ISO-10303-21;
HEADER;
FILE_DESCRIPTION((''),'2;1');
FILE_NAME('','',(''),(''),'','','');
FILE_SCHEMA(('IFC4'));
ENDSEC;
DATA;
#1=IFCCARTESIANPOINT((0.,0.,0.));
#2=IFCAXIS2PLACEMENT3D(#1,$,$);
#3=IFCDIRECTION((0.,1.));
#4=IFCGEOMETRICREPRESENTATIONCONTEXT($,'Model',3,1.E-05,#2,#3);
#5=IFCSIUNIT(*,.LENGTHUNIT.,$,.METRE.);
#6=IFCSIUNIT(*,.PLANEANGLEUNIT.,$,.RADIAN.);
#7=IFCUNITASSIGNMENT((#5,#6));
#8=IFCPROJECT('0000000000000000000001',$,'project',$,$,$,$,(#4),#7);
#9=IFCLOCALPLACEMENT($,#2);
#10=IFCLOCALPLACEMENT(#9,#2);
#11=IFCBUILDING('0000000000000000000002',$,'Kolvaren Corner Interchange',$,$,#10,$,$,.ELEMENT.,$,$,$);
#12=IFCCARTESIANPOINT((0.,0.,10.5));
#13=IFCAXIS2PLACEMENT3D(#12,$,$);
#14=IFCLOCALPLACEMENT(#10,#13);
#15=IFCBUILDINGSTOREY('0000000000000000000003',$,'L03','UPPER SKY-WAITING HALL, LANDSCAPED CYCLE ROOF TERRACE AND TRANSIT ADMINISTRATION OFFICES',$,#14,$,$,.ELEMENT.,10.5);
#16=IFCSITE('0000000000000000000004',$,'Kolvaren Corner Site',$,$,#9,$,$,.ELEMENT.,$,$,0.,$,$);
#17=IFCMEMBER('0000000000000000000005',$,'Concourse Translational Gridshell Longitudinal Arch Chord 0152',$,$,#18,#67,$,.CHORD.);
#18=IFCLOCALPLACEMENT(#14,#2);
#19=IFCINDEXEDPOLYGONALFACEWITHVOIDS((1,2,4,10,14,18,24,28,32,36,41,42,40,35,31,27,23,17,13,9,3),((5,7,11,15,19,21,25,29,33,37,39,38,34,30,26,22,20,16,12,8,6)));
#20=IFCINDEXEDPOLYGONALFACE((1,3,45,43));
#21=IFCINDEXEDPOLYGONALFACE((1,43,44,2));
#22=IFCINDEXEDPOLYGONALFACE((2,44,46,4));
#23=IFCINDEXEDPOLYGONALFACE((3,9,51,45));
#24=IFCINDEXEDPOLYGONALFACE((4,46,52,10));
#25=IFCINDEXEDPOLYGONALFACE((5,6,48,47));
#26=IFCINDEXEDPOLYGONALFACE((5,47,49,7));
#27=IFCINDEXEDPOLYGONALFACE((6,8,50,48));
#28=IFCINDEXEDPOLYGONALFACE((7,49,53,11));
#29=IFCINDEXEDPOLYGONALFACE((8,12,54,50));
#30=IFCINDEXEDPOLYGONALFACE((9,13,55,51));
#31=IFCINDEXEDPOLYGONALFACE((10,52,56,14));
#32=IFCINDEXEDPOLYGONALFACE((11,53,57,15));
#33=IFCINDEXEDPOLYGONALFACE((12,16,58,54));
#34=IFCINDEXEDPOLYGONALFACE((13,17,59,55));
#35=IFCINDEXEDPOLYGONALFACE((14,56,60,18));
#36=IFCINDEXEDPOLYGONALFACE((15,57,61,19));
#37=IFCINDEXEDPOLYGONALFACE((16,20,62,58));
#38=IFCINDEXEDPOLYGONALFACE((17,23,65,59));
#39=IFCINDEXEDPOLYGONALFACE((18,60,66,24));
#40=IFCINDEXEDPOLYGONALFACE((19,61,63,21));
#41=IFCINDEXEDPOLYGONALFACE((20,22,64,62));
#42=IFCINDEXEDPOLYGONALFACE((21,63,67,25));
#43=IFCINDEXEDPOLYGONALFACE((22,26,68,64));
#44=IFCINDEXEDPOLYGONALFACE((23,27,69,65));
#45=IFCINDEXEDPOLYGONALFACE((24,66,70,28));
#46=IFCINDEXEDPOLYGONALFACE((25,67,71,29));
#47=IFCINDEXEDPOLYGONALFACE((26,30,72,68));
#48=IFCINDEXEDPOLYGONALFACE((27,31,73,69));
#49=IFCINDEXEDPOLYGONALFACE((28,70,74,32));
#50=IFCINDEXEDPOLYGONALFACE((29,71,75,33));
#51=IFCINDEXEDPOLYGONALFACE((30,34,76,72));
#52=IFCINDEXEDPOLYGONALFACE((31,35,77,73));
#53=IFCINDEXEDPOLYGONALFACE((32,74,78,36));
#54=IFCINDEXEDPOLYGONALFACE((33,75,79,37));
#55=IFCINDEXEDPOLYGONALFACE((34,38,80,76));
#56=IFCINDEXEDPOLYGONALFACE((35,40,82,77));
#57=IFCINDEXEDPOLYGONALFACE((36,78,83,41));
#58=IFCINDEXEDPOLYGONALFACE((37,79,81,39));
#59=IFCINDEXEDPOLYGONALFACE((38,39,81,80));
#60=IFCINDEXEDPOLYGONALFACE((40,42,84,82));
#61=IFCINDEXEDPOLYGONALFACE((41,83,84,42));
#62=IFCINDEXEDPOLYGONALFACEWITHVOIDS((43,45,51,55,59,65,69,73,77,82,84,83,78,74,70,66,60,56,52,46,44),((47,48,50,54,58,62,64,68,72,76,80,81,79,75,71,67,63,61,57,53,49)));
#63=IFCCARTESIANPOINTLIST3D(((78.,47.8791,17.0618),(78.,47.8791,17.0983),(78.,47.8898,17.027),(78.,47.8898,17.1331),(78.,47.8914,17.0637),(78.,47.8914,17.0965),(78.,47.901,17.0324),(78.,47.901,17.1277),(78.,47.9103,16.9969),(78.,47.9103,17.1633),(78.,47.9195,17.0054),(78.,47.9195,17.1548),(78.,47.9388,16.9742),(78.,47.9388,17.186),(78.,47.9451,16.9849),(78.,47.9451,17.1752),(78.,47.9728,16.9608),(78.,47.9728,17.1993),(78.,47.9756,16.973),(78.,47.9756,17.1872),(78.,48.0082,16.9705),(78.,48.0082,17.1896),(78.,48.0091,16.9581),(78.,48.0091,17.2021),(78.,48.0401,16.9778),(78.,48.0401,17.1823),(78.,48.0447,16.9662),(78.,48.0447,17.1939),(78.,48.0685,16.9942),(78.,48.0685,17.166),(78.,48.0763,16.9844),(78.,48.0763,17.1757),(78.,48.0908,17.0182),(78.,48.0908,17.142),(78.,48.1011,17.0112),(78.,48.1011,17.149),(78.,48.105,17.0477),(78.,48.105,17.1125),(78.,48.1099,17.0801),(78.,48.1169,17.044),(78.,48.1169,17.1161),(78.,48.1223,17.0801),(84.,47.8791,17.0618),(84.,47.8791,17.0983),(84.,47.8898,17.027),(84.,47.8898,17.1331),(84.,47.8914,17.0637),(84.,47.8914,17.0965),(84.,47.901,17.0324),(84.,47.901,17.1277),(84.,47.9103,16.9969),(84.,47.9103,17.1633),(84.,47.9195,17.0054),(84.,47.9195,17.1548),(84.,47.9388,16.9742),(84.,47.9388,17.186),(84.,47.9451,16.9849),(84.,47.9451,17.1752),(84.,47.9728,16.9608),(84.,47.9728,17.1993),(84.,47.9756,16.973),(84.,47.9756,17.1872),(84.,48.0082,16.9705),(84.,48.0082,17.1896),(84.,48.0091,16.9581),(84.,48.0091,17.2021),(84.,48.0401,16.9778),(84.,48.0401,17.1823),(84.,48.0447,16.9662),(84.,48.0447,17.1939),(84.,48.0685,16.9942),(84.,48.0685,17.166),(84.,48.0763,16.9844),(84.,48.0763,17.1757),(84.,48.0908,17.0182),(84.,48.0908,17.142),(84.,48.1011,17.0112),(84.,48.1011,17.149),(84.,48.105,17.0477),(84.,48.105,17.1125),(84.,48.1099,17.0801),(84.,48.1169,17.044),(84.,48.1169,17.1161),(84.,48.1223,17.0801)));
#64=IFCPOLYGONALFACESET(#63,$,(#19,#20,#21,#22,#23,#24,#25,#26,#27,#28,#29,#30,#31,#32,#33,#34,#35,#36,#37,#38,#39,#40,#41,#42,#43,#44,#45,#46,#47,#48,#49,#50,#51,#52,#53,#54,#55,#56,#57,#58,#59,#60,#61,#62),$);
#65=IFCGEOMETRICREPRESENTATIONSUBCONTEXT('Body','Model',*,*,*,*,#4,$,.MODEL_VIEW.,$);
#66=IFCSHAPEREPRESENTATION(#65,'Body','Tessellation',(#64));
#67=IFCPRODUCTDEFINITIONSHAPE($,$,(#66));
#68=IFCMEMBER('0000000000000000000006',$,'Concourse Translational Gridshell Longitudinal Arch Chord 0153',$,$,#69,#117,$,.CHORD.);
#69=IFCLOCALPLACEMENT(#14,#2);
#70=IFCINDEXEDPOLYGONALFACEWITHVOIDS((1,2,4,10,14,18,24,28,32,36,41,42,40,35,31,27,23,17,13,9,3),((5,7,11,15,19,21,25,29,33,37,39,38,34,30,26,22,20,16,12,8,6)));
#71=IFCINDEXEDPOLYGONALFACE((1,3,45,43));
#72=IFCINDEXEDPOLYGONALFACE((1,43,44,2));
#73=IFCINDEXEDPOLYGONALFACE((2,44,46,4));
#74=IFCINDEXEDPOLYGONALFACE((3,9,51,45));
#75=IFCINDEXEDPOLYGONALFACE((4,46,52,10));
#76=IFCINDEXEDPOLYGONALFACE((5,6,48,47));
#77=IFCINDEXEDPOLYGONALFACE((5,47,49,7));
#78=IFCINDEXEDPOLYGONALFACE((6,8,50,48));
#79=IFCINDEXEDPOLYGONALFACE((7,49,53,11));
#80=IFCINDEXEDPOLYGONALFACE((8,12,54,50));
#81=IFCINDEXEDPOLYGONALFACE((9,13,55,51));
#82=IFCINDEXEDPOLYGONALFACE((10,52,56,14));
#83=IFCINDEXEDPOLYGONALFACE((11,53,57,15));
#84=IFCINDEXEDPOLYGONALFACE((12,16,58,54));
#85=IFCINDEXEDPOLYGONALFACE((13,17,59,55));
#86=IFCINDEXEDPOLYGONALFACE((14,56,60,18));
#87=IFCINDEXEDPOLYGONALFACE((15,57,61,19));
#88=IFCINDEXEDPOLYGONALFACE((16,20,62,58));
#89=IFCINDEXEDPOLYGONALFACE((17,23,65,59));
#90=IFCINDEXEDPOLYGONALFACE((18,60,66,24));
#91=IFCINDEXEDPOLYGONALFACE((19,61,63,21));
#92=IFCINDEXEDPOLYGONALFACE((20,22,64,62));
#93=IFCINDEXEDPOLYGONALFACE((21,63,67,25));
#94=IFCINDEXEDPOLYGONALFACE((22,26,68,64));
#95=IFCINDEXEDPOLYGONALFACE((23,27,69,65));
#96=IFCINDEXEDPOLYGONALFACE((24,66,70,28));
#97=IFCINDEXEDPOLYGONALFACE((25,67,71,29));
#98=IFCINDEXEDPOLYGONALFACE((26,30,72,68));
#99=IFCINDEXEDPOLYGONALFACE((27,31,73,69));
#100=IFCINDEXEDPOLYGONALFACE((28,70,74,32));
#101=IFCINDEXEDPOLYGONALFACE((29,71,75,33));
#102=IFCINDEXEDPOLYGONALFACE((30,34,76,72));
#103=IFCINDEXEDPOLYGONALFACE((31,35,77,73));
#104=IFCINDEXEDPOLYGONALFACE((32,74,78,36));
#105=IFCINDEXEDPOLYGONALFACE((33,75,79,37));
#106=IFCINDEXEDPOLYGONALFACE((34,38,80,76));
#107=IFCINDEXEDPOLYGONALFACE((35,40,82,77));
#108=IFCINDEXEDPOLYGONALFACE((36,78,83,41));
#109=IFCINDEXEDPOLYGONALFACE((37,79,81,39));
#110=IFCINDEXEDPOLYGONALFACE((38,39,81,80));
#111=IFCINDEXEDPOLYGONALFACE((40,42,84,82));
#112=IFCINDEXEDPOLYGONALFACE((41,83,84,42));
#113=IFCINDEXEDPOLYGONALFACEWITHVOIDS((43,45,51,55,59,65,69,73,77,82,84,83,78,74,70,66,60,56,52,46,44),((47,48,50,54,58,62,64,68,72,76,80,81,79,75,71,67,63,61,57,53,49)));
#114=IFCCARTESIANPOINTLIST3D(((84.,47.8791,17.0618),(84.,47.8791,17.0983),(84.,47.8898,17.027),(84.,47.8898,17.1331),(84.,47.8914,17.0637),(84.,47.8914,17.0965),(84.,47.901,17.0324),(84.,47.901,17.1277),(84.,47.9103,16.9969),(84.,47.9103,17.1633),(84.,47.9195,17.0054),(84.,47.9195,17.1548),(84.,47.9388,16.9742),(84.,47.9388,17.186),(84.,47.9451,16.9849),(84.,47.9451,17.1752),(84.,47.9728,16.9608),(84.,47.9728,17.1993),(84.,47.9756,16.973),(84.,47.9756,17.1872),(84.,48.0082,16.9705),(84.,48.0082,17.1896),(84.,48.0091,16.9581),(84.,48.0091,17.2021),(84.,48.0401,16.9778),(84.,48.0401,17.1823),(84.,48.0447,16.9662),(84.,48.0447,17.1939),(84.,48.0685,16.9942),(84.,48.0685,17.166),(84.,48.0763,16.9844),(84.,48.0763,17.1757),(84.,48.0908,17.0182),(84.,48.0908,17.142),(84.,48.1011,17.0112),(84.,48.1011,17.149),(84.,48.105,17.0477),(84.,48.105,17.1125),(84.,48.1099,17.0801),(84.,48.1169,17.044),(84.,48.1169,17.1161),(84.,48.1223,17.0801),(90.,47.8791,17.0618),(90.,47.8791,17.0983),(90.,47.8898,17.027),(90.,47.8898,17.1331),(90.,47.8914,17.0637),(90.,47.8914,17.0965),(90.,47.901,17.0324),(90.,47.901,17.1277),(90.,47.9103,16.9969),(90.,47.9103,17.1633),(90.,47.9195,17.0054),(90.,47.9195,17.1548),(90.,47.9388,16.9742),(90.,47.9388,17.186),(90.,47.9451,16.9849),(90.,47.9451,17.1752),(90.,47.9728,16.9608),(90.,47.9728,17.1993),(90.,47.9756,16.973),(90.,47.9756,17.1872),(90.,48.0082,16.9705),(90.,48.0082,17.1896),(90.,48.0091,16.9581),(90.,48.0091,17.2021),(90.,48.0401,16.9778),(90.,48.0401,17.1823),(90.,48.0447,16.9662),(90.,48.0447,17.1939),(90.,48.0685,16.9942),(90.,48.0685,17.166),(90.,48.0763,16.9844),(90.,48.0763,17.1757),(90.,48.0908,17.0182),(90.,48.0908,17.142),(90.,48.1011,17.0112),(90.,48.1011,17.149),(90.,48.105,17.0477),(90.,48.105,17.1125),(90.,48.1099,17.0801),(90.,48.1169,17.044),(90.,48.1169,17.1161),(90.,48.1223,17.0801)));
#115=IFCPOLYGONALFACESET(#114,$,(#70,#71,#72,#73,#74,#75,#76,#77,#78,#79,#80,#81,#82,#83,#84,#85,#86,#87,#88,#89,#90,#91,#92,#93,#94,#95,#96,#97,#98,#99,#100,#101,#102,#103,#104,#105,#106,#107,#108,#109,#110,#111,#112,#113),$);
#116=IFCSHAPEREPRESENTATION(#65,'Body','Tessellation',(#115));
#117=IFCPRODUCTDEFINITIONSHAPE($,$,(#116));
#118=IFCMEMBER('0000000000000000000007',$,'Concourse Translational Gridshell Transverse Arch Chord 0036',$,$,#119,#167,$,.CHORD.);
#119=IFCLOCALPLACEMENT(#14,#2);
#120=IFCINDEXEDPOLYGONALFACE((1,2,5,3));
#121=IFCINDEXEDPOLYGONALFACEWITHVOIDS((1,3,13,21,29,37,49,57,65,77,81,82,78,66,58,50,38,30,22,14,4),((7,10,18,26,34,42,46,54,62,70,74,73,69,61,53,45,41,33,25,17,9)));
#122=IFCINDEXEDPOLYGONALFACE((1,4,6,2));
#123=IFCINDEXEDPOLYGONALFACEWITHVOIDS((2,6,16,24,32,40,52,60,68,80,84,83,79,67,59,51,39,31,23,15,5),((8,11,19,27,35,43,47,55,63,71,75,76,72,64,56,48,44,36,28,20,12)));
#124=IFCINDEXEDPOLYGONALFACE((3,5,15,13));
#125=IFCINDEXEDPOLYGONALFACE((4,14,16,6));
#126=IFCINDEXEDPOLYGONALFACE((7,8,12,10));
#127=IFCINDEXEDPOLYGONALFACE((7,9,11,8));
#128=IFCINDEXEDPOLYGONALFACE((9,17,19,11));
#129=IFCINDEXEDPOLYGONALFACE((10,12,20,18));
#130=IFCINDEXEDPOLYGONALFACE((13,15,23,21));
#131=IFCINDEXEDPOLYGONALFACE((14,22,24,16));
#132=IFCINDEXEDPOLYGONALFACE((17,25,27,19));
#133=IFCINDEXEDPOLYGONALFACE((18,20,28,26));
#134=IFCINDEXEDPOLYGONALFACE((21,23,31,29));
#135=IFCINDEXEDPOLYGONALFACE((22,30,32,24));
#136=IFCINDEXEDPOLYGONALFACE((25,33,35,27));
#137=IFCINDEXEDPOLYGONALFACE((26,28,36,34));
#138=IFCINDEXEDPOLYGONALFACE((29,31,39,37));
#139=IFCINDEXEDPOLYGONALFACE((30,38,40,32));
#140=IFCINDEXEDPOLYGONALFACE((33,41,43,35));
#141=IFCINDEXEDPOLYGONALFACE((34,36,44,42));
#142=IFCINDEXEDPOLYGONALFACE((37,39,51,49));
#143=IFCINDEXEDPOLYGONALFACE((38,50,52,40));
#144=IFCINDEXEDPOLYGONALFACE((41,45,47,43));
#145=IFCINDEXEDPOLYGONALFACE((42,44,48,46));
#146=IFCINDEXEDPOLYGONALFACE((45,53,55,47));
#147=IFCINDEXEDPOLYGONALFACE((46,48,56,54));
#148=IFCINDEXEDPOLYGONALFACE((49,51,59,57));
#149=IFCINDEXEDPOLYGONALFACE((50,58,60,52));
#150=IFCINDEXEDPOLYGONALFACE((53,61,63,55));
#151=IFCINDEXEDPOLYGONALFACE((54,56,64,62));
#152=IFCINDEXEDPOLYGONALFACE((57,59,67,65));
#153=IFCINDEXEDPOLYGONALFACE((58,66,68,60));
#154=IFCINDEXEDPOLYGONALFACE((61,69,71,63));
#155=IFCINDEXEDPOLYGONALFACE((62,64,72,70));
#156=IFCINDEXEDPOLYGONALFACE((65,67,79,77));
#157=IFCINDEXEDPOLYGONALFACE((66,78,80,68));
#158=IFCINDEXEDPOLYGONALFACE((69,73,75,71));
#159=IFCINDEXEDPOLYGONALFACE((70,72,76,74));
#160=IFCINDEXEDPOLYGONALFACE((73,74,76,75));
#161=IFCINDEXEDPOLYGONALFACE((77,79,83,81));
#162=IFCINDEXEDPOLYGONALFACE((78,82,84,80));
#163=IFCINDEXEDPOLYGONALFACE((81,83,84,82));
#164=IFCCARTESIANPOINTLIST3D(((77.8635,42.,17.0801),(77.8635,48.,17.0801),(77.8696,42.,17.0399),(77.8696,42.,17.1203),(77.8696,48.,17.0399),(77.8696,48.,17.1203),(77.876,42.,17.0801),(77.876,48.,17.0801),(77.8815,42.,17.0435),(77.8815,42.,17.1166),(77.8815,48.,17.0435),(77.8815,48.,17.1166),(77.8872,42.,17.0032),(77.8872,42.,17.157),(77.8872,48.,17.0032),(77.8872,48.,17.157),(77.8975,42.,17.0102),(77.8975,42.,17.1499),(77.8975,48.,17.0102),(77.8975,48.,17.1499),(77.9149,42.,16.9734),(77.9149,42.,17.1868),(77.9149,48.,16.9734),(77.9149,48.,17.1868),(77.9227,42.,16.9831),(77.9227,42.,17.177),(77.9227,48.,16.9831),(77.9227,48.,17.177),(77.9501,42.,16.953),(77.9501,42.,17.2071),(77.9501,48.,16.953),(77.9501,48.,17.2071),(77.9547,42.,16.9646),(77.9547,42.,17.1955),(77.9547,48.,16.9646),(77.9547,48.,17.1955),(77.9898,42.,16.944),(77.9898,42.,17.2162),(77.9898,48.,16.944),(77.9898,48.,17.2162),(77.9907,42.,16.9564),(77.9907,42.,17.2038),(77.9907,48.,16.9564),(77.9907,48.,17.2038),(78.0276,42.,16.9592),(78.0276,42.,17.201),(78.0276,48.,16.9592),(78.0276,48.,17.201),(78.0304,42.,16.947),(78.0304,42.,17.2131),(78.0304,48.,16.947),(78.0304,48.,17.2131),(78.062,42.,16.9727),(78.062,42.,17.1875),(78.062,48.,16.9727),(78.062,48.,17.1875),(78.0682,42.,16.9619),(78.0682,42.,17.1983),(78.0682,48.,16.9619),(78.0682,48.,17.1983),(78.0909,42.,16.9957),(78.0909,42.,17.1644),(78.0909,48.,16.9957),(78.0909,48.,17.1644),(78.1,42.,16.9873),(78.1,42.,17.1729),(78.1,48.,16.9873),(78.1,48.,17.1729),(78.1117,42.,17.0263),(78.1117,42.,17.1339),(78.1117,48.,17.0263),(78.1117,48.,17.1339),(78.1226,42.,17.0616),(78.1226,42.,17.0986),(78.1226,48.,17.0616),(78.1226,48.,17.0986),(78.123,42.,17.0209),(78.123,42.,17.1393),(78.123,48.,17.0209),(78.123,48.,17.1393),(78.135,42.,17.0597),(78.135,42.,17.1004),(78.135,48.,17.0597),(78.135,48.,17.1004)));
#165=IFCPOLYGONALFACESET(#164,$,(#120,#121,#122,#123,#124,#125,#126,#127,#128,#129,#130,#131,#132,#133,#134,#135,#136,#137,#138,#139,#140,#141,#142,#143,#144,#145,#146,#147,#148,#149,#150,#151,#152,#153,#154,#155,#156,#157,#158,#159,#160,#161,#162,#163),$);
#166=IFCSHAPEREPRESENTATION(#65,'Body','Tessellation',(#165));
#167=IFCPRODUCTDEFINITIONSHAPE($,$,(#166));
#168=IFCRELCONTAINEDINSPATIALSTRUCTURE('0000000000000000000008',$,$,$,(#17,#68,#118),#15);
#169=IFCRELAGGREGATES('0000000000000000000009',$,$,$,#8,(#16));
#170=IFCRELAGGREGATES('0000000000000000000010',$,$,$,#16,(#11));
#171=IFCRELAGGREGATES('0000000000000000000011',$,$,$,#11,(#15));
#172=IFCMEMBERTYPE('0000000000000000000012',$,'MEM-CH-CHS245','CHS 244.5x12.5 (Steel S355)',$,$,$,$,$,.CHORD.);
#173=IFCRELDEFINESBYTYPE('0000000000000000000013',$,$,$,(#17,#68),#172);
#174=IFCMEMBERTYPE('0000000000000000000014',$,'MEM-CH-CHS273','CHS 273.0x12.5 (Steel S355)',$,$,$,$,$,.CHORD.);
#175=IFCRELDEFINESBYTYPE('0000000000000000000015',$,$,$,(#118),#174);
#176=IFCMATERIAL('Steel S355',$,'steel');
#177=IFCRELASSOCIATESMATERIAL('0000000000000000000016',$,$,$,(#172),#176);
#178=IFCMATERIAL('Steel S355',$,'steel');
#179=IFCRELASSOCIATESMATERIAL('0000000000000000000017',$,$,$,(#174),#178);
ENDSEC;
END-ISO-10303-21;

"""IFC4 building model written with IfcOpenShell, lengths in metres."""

from ifc_helpers import new_model, si_unit, direction, frame, origin, origin_2d, place, context, subcontext, project, spatial, hollow_circle, extrude, material, material_profile, profile_set, type_object, element, save


model = new_model("IFC4")

# Units and contexts
model_context = context("Model", 3, precision=1e-05, world=origin(), true_north=direction((0.0, 1.0)))
body_context = subcontext(model_context, "Body", "Model", "MODEL_VIEW")
ifc_project = project(units=[si_unit("LENGTHUNIT", "METRE"), si_unit("PLANEANGLEUNIT", "RADIAN")], contexts=[model_context])

# Site, building, storey
site_placement = place(None, origin())
site = spatial("IfcSite", under=ifc_project, at=site_placement, Name="Kolvaren Corner Site", CompositionType="ELEMENT", RefElevation=0.0)
building_placement = place(site_placement, origin())
building = spatial("IfcBuilding", under=site, at=building_placement, Name="Kolvaren Corner Interchange", CompositionType="ELEMENT")
storey_placement = place(building_placement, frame((0.0, 0.0, 10.5)))
storey = spatial("IfcBuildingStorey", under=building, at=storey_placement, Name="L03", Description="UPPER SKY-WAITING HALL, LANDSCAPED CYCLE ROOF TERRACE AND TRANSIT ADMINISTRATION OFFICES", CompositionType="ELEMENT", Elevation=10.5)

# Members
ifc_material_1 = material(Name="Steel S355", Category="steel")
ifc_material_profile_1 = material_profile(ifc_material_1, hollow_circle(Radius=0.1223, WallThickness=0.0125, at=origin_2d()), Name="CHS 244.5x12.5")
ifc_profile_set_1 = profile_set([ifc_material_profile_1], Name="Steel S355")
member_type_1 = type_object("IfcMemberType", Name="MEM-CH-CHS245", Description="CHS 244.5x12.5 (Steel S355)", PredefinedType="CHORD", material=ifc_profile_set_1)
for number, where, z_axis, x_axis, name in (
    (1, (78.0, 48.0, 17.0801), (1.0, 0.0, 0.0), (0.0, 1.0, 0.0), "Concourse Translational Gridshell Longitudinal Arch Chord 0152"),
    (2, (84.0, 48.0, 17.0801), (1.0, 0.0, 0.0), (0.0, 1.0, 0.0), "Concourse Translational Gridshell Longitudinal Arch Chord 0153"),
):
    element("IfcMember", number, at=place(storey_placement, frame(where, z_axis=z_axis, x_axis=x_axis)), inside=storey, type_object=member_type_1, Name=name, PredefinedType="CHORD", context=body_context, shape_type="SweptSolid", body=[
        extrude(hollow_circle(Radius=0.1223, WallThickness=0.0125, at=origin_2d()), origin(), (0.0, 0.0, 1.0), 6.0),
    ])
ifc_material_2 = material(Name="Steel S355", Category="steel")
ifc_material_profile_2 = material_profile(ifc_material_2, hollow_circle(Radius=0.1365, WallThickness=0.0125, at=origin_2d()), Name="CHS 273.0x12.5")
ifc_profile_set_2 = profile_set([ifc_material_profile_2], Name="Steel S355")
member_type_2 = type_object("IfcMemberType", Name="MEM-CH-CHS273", Description="CHS 273.0x12.5 (Steel S355)", PredefinedType="CHORD", material=ifc_profile_set_2)
for number, where, z_axis, x_axis, name in (
    (3, (78.0, 42.0, 17.0801), (0.0, 1.0, 0.0), (-1.0, 0.0, 0.0), "Concourse Translational Gridshell Transverse Arch Chord 0036"),
):
    element("IfcMember", number, at=place(storey_placement, frame(where, z_axis=z_axis, x_axis=x_axis)), inside=storey, type_object=member_type_2, Name=name, PredefinedType="CHORD", context=body_context, shape_type="SweptSolid", body=[
        extrude(hollow_circle(Radius=0.1365, WallThickness=0.0125, at=origin_2d()), origin(), (0.0, 0.0, 1.0), 6.0),
    ])

save(model, "model.ifc")
